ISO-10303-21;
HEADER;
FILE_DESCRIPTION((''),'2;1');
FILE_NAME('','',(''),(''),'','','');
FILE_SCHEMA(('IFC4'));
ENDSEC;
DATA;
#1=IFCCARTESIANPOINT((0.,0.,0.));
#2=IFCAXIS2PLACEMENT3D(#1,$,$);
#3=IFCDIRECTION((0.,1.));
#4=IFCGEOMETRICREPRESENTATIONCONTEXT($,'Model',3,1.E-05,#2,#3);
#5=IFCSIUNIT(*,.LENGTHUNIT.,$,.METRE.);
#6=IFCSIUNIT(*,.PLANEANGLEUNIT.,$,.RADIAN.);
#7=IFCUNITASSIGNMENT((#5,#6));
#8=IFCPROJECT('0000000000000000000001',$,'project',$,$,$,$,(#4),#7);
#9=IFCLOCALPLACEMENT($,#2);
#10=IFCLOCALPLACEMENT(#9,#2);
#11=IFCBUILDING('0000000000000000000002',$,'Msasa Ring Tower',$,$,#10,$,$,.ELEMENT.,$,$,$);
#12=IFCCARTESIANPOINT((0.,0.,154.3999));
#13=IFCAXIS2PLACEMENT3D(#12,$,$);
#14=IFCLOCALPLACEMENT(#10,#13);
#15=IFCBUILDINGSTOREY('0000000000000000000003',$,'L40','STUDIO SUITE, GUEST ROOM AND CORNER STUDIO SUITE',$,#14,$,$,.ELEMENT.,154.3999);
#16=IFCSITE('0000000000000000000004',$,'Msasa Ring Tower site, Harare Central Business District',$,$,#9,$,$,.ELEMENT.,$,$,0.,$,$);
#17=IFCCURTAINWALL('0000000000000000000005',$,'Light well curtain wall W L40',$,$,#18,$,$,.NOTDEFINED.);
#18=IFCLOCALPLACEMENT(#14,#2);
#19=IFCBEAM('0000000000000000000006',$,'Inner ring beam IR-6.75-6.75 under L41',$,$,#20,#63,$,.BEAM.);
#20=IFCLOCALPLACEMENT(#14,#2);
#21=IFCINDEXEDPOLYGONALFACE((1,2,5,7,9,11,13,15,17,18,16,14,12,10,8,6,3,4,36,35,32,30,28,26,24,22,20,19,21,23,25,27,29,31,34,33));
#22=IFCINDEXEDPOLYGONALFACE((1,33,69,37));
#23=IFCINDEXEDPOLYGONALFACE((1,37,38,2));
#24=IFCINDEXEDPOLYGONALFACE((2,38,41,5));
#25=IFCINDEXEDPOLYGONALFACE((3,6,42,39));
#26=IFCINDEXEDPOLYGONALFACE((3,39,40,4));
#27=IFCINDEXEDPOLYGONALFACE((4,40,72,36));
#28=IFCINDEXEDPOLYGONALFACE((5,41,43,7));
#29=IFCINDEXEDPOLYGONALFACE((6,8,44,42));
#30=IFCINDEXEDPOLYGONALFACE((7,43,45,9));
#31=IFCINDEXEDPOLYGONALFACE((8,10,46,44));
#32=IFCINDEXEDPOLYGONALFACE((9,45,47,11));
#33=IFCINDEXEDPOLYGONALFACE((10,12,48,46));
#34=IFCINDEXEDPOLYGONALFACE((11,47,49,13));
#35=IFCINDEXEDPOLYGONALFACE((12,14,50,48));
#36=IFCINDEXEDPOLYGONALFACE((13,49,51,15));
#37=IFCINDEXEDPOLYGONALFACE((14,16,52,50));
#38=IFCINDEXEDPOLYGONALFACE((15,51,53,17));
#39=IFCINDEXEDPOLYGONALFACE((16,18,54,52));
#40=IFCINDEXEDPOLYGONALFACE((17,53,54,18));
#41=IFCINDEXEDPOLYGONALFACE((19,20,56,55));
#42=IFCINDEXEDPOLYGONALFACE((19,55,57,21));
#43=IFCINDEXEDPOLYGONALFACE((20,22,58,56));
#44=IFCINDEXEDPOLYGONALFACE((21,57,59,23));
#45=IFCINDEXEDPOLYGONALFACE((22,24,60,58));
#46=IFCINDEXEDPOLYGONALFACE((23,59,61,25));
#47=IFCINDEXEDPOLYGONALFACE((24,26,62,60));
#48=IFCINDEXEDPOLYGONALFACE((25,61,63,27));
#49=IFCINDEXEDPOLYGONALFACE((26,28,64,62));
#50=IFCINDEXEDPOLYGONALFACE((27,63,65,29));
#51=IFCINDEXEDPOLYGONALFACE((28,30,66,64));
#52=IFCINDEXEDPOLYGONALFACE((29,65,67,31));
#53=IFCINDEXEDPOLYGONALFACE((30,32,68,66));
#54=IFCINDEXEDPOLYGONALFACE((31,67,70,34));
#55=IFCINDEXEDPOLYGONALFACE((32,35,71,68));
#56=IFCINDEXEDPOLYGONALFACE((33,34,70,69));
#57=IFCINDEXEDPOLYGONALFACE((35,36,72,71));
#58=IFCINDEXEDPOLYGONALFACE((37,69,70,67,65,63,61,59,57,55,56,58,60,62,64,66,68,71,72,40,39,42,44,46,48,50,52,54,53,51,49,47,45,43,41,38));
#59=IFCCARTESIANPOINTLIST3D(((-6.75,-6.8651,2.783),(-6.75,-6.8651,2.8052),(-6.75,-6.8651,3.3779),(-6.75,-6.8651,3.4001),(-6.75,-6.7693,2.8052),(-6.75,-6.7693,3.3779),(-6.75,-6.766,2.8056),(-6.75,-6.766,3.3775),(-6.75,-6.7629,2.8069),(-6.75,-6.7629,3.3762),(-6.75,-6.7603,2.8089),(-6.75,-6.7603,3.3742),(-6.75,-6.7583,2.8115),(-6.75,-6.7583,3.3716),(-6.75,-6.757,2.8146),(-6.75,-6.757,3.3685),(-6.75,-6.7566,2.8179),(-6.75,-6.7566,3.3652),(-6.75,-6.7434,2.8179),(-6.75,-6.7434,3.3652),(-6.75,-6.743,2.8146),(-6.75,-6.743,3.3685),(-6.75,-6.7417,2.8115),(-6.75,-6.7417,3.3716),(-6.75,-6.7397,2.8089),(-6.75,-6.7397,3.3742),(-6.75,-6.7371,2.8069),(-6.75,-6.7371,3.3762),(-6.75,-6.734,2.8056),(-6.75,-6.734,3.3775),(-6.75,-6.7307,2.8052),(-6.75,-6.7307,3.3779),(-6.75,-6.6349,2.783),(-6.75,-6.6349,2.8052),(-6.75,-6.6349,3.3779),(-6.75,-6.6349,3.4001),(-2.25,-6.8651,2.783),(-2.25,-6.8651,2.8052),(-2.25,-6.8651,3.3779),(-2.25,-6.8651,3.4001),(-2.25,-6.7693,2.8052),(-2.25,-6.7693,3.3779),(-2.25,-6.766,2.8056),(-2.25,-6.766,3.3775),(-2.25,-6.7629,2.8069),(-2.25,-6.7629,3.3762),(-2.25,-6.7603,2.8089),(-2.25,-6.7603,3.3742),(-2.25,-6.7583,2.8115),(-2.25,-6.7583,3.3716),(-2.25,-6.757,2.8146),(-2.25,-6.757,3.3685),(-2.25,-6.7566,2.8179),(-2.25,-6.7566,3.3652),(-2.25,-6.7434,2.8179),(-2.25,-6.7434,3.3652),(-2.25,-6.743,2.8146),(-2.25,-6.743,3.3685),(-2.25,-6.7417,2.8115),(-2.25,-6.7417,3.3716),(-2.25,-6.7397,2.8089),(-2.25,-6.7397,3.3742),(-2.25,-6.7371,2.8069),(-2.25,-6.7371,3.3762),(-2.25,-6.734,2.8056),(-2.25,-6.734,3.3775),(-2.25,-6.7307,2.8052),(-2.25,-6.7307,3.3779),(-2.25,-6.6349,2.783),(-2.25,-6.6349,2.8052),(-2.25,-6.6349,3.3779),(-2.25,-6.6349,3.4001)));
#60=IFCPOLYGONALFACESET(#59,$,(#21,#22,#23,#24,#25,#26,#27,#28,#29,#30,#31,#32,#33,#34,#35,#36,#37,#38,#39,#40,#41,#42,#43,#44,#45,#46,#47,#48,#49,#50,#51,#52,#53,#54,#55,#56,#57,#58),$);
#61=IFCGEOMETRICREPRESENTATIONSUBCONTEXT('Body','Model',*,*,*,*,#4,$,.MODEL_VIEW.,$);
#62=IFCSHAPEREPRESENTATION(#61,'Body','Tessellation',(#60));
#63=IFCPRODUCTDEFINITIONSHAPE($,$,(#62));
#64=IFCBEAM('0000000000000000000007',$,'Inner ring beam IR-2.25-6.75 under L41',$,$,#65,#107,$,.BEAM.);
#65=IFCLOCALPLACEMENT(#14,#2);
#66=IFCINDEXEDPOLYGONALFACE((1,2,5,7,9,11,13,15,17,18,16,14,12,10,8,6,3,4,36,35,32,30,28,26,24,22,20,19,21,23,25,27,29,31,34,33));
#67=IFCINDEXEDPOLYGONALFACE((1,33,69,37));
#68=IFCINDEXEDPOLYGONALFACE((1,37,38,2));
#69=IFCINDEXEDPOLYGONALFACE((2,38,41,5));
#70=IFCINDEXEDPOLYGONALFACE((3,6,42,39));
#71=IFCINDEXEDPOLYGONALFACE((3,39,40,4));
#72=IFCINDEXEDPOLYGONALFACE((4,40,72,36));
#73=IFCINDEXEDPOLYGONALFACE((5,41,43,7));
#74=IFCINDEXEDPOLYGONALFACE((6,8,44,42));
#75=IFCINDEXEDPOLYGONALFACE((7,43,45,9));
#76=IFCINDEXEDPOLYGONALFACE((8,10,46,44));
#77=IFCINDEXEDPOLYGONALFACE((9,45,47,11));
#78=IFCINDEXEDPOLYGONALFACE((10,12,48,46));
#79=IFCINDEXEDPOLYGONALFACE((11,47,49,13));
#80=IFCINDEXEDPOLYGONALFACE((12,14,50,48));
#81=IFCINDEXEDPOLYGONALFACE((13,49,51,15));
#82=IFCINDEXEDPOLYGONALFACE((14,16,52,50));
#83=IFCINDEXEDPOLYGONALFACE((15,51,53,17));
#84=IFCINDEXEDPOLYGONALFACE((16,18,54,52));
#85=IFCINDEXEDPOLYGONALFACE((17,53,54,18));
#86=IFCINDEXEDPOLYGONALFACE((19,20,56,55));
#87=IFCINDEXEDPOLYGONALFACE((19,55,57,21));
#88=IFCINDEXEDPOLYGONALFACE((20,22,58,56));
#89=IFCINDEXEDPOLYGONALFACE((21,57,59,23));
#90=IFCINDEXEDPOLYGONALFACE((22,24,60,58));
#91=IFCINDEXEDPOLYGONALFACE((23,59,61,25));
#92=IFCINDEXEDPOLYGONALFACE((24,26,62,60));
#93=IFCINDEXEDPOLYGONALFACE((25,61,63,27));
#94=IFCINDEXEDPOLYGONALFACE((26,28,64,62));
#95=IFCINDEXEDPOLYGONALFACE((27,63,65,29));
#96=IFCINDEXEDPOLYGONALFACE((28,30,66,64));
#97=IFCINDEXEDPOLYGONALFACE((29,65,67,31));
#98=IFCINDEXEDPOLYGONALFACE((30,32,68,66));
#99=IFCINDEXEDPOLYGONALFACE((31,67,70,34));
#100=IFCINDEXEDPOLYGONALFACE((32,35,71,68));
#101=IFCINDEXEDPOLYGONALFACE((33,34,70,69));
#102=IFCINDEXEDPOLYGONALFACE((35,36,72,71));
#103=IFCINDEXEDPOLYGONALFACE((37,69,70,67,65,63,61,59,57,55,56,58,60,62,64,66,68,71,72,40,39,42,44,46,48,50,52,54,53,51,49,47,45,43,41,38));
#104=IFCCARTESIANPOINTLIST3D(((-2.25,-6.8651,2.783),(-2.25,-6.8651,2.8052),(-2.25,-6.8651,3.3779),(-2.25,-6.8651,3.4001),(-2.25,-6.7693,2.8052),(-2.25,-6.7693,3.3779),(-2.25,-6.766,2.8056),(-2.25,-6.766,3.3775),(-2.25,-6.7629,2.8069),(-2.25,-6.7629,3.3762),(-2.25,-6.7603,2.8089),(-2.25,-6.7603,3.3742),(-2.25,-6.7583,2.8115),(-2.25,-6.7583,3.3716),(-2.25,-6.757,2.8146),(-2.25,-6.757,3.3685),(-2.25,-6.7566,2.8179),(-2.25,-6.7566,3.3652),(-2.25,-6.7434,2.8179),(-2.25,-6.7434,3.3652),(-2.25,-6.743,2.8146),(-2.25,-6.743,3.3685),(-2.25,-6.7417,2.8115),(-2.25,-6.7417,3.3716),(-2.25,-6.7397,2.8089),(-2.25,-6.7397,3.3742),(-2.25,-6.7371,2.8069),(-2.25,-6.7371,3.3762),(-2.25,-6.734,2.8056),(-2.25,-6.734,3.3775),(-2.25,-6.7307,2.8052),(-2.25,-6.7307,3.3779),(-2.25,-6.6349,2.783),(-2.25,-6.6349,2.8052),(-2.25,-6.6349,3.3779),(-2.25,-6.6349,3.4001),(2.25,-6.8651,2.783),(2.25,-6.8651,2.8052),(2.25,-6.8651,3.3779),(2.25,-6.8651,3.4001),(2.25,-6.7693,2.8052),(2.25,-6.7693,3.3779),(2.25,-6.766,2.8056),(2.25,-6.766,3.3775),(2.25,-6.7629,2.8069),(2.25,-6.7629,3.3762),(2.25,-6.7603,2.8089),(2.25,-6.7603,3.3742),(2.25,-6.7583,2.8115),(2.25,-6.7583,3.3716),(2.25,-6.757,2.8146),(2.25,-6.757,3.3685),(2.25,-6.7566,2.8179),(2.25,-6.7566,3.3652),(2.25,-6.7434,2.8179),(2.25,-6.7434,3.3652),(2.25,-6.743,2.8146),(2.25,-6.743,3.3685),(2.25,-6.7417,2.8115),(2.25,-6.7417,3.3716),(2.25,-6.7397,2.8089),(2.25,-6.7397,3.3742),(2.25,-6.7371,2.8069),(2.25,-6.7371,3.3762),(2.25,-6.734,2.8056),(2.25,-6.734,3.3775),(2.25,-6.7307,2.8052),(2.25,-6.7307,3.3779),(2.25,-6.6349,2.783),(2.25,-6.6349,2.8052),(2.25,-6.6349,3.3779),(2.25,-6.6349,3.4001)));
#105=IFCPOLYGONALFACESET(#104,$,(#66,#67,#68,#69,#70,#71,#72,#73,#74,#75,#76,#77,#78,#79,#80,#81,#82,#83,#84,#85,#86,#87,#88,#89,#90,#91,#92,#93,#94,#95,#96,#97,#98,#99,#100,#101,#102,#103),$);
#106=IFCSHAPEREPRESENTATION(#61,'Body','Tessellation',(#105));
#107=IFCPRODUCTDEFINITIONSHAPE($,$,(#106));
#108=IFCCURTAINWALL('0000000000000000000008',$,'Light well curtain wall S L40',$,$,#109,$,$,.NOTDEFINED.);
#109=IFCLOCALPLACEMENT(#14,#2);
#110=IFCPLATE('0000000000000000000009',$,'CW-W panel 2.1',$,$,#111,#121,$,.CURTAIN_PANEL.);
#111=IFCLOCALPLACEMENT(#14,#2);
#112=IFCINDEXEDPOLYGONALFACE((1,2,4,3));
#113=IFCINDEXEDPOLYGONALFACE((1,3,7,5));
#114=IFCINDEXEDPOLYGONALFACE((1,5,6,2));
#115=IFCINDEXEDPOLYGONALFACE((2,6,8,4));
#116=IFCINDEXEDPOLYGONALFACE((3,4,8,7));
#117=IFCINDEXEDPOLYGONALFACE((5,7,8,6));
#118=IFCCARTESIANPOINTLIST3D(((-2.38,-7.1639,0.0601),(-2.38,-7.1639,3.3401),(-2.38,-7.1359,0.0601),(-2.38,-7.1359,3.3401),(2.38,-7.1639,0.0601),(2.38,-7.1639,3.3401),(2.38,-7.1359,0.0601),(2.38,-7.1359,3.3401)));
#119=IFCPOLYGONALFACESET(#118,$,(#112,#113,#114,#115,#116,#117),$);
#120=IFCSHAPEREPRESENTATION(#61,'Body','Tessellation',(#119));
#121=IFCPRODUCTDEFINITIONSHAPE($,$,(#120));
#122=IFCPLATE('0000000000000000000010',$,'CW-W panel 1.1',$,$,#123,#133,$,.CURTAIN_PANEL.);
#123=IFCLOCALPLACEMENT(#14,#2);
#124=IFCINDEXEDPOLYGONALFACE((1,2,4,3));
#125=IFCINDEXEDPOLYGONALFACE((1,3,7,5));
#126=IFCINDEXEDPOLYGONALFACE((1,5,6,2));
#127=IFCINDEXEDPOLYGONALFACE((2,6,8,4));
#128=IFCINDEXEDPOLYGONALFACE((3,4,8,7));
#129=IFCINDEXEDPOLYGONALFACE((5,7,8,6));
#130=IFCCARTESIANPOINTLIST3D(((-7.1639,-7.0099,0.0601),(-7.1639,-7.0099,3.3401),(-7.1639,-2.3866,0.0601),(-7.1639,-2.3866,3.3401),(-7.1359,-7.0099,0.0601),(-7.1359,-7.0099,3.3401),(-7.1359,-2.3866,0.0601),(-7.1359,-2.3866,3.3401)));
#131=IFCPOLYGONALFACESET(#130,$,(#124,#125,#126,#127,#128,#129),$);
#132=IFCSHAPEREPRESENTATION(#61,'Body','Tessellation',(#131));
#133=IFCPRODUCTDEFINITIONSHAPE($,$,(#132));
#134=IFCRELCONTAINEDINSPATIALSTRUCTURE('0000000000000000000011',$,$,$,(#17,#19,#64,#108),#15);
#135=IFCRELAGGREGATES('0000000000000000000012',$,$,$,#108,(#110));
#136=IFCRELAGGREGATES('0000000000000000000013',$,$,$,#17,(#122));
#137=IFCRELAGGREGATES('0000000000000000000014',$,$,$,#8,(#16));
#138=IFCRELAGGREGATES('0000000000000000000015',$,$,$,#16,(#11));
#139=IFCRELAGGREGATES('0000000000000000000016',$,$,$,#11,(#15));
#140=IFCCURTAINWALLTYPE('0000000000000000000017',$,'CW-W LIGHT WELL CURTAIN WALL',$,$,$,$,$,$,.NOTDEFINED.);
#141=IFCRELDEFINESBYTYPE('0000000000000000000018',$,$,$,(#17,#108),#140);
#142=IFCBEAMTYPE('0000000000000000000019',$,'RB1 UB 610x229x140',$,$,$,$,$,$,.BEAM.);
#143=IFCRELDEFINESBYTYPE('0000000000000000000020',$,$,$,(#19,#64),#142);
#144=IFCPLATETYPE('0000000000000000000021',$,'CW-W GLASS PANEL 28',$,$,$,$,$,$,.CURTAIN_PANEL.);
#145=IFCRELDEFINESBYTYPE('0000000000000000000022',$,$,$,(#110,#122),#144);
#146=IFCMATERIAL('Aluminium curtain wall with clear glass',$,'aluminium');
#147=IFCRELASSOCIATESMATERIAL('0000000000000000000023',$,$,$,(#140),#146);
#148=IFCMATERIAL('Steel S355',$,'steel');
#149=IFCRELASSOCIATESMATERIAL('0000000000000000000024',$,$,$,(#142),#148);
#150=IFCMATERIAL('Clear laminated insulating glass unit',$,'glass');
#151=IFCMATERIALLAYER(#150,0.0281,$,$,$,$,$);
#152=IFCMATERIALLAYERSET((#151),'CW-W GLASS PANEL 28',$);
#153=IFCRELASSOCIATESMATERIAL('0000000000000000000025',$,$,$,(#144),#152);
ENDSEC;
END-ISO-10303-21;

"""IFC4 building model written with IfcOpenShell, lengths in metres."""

from ifc_helpers import new_model, si_unit, direction, frame, origin, origin_2d, place, context, subcontext, project, spatial, rectangle, i_section, extrude, material, layer, layer_set, material_profile, profile_set, type_object, element, aggregate, save


model = new_model("IFC4")

# Units and contexts
model_context = context("Model", 3, precision=1e-05, world=origin(), true_north=direction((0.0, 1.0)))
body_context = subcontext(model_context, "Body", "Model", "MODEL_VIEW")
ifc_project = project(units=[si_unit("LENGTHUNIT", "METRE"), si_unit("PLANEANGLEUNIT", "RADIAN")], contexts=[model_context])

# Site, building, storey
site_placement = place(None, origin())
site = spatial("IfcSite", under=ifc_project, at=site_placement, Name="Msasa Ring Tower site, Harare Central Business District", CompositionType="ELEMENT", RefElevation=0.0)
building_placement = place(site_placement, origin())
building = spatial("IfcBuilding", under=site, at=building_placement, Name="Msasa Ring Tower", CompositionType="ELEMENT")
storey_placement = place(building_placement, frame((0.0, 0.0, 154.3999)))
storey = spatial("IfcBuildingStorey", under=building, at=storey_placement, Name="L40", Description="STUDIO SUITE, GUEST ROOM AND CORNER STUDIO SUITE", CompositionType="ELEMENT", Elevation=154.3999)

# Curtain wall
ifc_material_1 = material(Name="Aluminium curtain wall with clear glass", Category="aluminium")
curtain_wall_type = type_object("IfcCurtainWallType", Name="CW-W LIGHT WELL CURTAIN WALL", PredefinedType="NOTDEFINED", material=ifc_material_1)
curtain_wall_1_placement = place(storey_placement, origin())
curtain_wall_1 = element("IfcCurtainWall", 1, at=curtain_wall_1_placement, inside=storey, type_object=curtain_wall_type, Name="Light well curtain wall W L40", PredefinedType="NOTDEFINED")

# Beams
ifc_material_2 = material(Name="Steel S355", Category="steel")
ifc_material_profile_1 = material_profile(ifc_material_2, i_section(OverallWidth=0.2302, OverallDepth=0.6172, WebThickness=0.0132, FlangeThickness=0.0222, FilletRadius=0.0127, at=origin_2d()), Name="UB 610x229x140")
ifc_profile_set_1 = profile_set([ifc_material_profile_1], Name="Steel S355")
beam_type = type_object("IfcBeamType", Name="RB1 UB 610x229x140", PredefinedType="BEAM", material=ifc_profile_set_1)
for number, where, z_axis, x_axis, name in (
    (2, (-6.75, -6.75, 3.0916), (1.0, 0.0, 0.0), (0.0, 1.0, 0.0), "Inner ring beam IR-6.75-6.75 under L41"),
    (3, (-2.25, -6.75, 3.0916), (1.0, 0.0, 0.0), (0.0, 1.0, 0.0), "Inner ring beam IR-2.25-6.75 under L41"),
):
    element("IfcBeam", number, at=place(storey_placement, frame(where, z_axis=z_axis, x_axis=x_axis)), inside=storey, type_object=beam_type, Name=name, PredefinedType="BEAM", context=body_context, shape_type="SweptSolid", body=[
        extrude(i_section(OverallWidth=0.2302, OverallDepth=0.6172, WebThickness=0.0132, FlangeThickness=0.0222, FilletRadius=0.0127, at=origin_2d()), origin(), (0.0, 0.0, 1.0), 4.5),
    ])

# Curtain wall, plate
curtain_wall_2_placement = place(storey_placement, origin())
curtain_wall_2 = element("IfcCurtainWall", 4, at=curtain_wall_2_placement, inside=storey, type_object=curtain_wall_type, Name="Light well curtain wall S L40", PredefinedType="NOTDEFINED")
ifc_material_3 = material(Name="Clear laminated insulating glass unit", Category="glass")
ifc_layer = layer(ifc_material_3, 0.0281)
ifc_layer_set = layer_set([ifc_layer], Name="CW-W GLASS PANEL 28")
plate_type = type_object("IfcPlateType", Name="CW-W GLASS PANEL 28", PredefinedType="CURTAIN_PANEL", material=ifc_layer_set)
plate_1_placement = place(storey_placement, frame((0.0, -7.1499, 0.0601), z_axis=(0.0, 0.0, 1.0), x_axis=(1.0, 0.0, 0.0)))
plate_1 = element("IfcPlate", 5, at=plate_1_placement, type_object=plate_type, Name="CW-W panel 2.1", PredefinedType="CURTAIN_PANEL", context=body_context, shape_type="SweptSolid", body=[
    extrude(rectangle(XDim=4.76, YDim=0.0281, at=origin_2d()), origin(), (0.0, 0.0, 1.0), 3.28),
])
aggregate(curtain_wall_2, [plate_1])

# Plate
plate_2_placement = place(storey_placement, frame((-7.1499, -4.6982, 0.0601), z_axis=(0.0, 0.0, 1.0), x_axis=(0.0, 1.0, 0.0)))
plate_2 = element("IfcPlate", 6, at=plate_2_placement, type_object=plate_type, Name="CW-W panel 1.1", PredefinedType="CURTAIN_PANEL", context=body_context, shape_type="SweptSolid", body=[
    extrude(rectangle(XDim=4.6233, YDim=0.0281, at=origin_2d()), origin(), (0.0, 0.0, 1.0), 3.28),
])
aggregate(curtain_wall_1, [plate_2])

save(model, "model.ifc")
